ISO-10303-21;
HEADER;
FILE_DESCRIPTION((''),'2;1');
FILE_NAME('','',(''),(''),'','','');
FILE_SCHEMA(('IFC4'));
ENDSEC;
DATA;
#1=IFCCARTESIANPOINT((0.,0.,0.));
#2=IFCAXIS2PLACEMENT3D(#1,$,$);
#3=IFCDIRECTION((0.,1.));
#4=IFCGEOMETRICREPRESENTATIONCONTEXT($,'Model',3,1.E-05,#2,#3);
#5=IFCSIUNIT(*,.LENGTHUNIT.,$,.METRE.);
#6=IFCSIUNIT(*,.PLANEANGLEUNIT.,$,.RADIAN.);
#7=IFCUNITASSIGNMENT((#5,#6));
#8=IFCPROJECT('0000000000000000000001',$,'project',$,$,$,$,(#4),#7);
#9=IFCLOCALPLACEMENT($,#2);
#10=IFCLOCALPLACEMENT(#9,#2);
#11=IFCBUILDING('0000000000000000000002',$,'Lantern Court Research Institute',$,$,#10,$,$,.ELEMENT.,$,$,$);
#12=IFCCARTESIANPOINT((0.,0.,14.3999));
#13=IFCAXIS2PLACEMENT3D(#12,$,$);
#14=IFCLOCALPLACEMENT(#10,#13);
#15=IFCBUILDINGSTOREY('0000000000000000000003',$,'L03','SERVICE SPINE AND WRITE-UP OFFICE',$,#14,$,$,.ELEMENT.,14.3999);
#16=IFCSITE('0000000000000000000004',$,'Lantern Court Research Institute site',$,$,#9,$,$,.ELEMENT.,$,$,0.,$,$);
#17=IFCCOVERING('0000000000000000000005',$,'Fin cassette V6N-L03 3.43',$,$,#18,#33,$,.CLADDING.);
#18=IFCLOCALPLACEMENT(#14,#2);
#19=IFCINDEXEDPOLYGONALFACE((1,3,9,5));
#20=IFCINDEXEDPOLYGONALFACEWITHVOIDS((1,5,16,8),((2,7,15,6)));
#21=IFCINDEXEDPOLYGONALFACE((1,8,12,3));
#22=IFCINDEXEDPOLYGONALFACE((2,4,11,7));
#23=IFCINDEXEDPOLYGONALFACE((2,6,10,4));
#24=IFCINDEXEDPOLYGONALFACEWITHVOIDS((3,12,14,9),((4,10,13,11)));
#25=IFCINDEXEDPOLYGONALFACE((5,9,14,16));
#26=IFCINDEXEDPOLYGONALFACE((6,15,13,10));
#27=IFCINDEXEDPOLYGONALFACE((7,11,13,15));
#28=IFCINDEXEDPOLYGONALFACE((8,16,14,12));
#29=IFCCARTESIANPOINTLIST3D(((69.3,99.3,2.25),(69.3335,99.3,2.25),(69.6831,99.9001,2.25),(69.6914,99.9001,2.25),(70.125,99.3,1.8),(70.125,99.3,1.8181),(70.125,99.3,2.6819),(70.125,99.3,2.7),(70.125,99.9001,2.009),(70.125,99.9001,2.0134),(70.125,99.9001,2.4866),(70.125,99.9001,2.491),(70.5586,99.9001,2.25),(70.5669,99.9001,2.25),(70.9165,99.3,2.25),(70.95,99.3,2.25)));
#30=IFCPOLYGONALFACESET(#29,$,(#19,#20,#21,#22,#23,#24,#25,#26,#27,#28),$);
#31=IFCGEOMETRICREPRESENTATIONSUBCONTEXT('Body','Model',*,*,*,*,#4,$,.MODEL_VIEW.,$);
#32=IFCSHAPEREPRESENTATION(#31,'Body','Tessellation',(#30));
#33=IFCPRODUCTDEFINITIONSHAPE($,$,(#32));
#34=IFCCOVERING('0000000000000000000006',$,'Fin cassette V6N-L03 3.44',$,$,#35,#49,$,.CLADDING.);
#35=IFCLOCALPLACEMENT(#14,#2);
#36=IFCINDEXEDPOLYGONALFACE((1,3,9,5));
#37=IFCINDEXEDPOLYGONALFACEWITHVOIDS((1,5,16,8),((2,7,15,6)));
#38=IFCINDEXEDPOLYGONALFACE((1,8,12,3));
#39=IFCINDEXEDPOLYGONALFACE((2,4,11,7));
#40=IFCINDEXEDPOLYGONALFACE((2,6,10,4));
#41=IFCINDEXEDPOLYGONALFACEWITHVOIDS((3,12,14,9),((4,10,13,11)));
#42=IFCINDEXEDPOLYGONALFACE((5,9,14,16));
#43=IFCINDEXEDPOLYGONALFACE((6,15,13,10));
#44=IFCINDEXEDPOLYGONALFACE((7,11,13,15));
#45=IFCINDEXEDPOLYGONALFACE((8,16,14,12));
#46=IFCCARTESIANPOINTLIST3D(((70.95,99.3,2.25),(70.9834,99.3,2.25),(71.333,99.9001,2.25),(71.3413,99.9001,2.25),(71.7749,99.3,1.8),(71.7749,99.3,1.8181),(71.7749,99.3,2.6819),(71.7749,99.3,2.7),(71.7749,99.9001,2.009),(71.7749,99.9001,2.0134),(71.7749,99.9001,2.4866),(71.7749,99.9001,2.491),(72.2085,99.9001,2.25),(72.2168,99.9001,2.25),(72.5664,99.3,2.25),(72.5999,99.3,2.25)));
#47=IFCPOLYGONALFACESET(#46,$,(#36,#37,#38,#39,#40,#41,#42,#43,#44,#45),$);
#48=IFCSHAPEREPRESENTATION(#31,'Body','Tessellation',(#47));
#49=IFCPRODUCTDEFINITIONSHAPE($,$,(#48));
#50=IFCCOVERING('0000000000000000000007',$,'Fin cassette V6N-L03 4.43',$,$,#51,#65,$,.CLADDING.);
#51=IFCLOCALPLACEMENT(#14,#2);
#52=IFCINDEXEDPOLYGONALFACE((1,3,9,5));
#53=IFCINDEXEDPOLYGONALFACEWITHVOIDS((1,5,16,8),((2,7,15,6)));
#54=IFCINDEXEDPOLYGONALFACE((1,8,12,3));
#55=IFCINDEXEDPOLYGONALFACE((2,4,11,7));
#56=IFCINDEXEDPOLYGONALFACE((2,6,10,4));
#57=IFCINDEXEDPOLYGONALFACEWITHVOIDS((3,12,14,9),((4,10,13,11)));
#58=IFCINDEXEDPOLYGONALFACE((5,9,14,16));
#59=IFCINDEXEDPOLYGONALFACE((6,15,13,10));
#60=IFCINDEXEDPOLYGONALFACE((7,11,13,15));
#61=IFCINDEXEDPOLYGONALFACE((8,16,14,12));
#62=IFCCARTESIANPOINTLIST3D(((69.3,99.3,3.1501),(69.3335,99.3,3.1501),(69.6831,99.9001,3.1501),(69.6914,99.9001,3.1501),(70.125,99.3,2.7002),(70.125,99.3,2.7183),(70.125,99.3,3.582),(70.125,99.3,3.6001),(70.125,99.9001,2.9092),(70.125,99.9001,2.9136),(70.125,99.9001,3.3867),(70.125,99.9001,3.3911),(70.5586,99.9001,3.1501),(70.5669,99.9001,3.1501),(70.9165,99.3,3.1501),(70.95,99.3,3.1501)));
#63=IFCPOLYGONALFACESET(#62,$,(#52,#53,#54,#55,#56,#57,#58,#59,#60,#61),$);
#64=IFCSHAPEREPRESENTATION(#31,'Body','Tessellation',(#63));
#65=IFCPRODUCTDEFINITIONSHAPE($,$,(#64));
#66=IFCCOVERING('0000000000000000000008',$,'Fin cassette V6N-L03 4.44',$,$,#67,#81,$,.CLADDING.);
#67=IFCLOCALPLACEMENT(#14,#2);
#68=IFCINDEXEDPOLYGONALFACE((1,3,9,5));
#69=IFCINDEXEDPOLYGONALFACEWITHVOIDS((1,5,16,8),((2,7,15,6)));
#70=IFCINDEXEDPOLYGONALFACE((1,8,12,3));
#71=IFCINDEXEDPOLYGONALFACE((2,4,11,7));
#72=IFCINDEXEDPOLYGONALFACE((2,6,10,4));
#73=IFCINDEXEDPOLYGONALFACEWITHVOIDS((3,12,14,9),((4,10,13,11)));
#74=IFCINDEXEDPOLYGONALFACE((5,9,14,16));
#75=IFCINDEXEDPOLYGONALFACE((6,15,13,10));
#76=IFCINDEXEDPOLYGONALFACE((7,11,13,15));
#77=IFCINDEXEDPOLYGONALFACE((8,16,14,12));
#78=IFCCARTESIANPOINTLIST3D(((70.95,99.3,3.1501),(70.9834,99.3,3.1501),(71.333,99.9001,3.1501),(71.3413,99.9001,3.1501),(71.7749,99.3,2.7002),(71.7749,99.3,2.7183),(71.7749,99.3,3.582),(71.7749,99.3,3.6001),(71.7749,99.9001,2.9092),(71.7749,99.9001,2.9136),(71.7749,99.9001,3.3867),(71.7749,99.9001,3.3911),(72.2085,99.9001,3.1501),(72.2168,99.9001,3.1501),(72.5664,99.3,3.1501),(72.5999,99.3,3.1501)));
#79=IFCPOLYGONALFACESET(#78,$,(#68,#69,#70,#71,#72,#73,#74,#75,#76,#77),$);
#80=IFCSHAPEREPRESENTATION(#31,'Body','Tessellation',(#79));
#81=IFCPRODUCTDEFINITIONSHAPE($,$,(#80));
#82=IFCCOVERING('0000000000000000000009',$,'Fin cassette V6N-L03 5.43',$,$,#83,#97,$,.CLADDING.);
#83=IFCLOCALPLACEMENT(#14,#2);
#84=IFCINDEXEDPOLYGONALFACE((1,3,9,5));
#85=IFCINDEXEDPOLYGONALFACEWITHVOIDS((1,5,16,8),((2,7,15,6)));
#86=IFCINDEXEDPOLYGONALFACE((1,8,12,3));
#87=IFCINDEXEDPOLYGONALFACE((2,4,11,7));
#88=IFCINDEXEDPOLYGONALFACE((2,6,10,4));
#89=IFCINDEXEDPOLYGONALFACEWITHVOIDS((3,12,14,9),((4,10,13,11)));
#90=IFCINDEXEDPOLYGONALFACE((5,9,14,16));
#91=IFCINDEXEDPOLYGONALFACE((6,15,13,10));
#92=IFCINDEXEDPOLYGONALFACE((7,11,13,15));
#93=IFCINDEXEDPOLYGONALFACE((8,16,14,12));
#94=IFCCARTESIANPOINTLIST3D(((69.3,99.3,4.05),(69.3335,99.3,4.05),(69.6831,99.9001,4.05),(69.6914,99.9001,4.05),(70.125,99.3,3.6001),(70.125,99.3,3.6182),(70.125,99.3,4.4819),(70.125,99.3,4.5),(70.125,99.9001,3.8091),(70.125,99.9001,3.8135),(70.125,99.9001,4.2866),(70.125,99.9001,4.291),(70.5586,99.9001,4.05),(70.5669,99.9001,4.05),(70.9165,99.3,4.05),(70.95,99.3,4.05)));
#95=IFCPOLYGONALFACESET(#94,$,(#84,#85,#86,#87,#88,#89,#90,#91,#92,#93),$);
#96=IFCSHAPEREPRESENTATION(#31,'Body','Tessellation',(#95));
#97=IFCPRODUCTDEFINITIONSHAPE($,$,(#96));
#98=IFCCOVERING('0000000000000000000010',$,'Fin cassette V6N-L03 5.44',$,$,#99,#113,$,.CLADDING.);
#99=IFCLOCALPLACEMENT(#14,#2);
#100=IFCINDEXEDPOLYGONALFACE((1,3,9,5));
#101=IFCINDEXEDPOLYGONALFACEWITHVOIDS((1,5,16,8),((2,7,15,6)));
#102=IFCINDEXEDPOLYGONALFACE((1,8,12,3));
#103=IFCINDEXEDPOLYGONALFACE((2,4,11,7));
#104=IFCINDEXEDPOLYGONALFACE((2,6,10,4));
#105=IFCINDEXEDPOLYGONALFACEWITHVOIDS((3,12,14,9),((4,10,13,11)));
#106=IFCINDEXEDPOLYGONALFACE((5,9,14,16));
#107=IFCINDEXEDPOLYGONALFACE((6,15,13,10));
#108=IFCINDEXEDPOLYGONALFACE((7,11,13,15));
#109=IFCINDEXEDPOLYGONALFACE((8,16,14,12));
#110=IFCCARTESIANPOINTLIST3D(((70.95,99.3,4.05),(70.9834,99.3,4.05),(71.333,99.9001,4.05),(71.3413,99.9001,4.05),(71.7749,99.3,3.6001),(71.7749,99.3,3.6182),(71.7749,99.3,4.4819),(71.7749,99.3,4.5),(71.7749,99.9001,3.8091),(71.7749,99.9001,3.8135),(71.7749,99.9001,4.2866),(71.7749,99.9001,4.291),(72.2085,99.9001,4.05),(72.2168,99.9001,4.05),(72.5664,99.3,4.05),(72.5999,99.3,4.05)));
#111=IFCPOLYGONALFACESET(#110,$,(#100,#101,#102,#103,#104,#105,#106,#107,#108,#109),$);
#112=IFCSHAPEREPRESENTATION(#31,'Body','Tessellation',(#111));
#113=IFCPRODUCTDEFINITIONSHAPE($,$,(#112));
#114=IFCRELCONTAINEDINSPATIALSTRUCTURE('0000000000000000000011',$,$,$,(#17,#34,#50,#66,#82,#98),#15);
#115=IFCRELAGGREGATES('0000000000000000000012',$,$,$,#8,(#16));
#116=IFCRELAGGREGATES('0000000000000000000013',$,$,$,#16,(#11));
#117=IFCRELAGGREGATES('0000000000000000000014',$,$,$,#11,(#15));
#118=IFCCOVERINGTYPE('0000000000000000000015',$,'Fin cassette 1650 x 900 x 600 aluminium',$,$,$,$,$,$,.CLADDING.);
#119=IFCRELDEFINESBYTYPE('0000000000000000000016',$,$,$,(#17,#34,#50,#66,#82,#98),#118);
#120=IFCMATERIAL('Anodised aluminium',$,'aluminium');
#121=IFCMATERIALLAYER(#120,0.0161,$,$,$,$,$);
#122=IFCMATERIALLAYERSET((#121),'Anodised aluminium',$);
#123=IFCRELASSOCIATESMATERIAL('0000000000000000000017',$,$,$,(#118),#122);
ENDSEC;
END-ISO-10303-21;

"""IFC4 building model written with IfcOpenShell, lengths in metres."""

from ifc_helpers import new_model, entity, si_unit, direction, frame, origin, place, context, subcontext, project, spatial, material, layer, layer_set, type_object, element, save


model = new_model("IFC4")

# Units and contexts
model_context = context("Model", 3, precision=1e-05, world=origin(), true_north=direction((0.0, 1.0)))
body_context = subcontext(model_context, "Body", "Model", "MODEL_VIEW")
ifc_project = project(units=[si_unit("LENGTHUNIT", "METRE"), si_unit("PLANEANGLEUNIT", "RADIAN")], contexts=[model_context])

# Site, building, storey
site_placement = place(None, origin())
site = spatial("IfcSite", under=ifc_project, at=site_placement, Name="Lantern Court Research Institute site", CompositionType="ELEMENT", RefElevation=0.0)
building_placement = place(site_placement, origin())
building = spatial("IfcBuilding", under=site, at=building_placement, Name="Lantern Court Research Institute", CompositionType="ELEMENT")
storey_placement = place(building_placement, frame((0.0, 0.0, 14.3999)))
storey = spatial("IfcBuildingStorey", under=building, at=storey_placement, Name="L03", Description="SERVICE SPINE AND WRITE-UP OFFICE", CompositionType="ELEMENT", Elevation=14.3999)

# Coverings
ifc_material_1 = material(Name="Anodised aluminium", Category="aluminium")
ifc_layer_1 = layer(ifc_material_1, 0.0161)
ifc_layer_set_1 = layer_set([ifc_layer_1], Name="Anodised aluminium")
covering_type = type_object("IfcCoveringType", Name="Fin cassette 1650 x 900 x 600 aluminium", PredefinedType="CLADDING", material=ifc_layer_set_1)
covering_1_placement = place(storey_placement, frame((70.125, 99.3, 2.25), z_axis=(0.0, 1.0, 0.0), x_axis=(-1.0, 0.0, 0.0)))
cartesian_point_1 = entity("IfcCartesianPoint", [0.825, 0.0])
cartesian_point_2 = entity("IfcCartesianPoint", [0.7915, 0.0])
cartesian_point_3 = entity("IfcCartesianPoint", [0.4419, 0.0])
cartesian_point_4 = entity("IfcCartesianPoint", [0.4336, 0.0])
element("IfcCovering", 1, at=covering_1_placement, inside=storey, type_object=covering_type, Name="Fin cassette V6N-L03 3.43", PredefinedType="CLADDING", context=body_context, shape_type="SweptSolid", body=[
    entity("IfcExtrudedAreaSolidTapered", entity("IfcArbitraryProfileDefWithVoids", "AREA", None, entity("IfcPolyline", [cartesian_point_1, entity("IfcCartesianPoint", [0.0, 0.45]), entity("IfcCartesianPoint", [-0.825, 0.0]), entity("IfcCartesianPoint", [0.0, -0.45]), cartesian_point_1]), [entity("IfcPolyline", [cartesian_point_2, entity("IfcCartesianPoint", [0.0, 0.4319]), entity("IfcCartesianPoint", [-0.7915, 0.0]), entity("IfcCartesianPoint", [0.0, -0.4319]), cartesian_point_2])]), entity("IfcAxis2Placement3D", entity("IfcCartesianPoint", [0.0, 0.0, 0.0])), entity("IfcDirection", [0.0, 0.0, 1.0]), 0.6001, entity("IfcArbitraryProfileDefWithVoids", "AREA", None, entity("IfcPolyline", [cartesian_point_3, entity("IfcCartesianPoint", [0.0, 0.241]), entity("IfcCartesianPoint", [-0.4419, 0.0]), entity("IfcCartesianPoint", [0.0, -0.241]), cartesian_point_3]), [entity("IfcPolyline", [cartesian_point_4, entity("IfcCartesianPoint", [0.0, 0.2366]), entity("IfcCartesianPoint", [-0.4336, 0.0]), entity("IfcCartesianPoint", [0.0, -0.2366]), cartesian_point_4])])),
])
covering_2_placement = place(storey_placement, frame((71.7749, 99.3, 2.25), z_axis=(0.0, 1.0, 0.0), x_axis=(-1.0, 0.0, 0.0)))
cartesian_point_5 = entity("IfcCartesianPoint", [0.825, 0.0])
cartesian_point_6 = entity("IfcCartesianPoint", [0.7915, 0.0])
cartesian_point_7 = entity("IfcCartesianPoint", [0.4419, 0.0])
cartesian_point_8 = entity("IfcCartesianPoint", [0.4336, 0.0])
element("IfcCovering", 2, at=covering_2_placement, inside=storey, type_object=covering_type, Name="Fin cassette V6N-L03 3.44", PredefinedType="CLADDING", context=body_context, shape_type="SweptSolid", body=[
    entity("IfcExtrudedAreaSolidTapered", entity("IfcArbitraryProfileDefWithVoids", "AREA", None, entity("IfcPolyline", [cartesian_point_5, entity("IfcCartesianPoint", [0.0, 0.45]), entity("IfcCartesianPoint", [-0.825, 0.0]), entity("IfcCartesianPoint", [0.0, -0.45]), cartesian_point_5]), [entity("IfcPolyline", [cartesian_point_6, entity("IfcCartesianPoint", [0.0, 0.4319]), entity("IfcCartesianPoint", [-0.7915, 0.0]), entity("IfcCartesianPoint", [0.0, -0.4319]), cartesian_point_6])]), entity("IfcAxis2Placement3D", entity("IfcCartesianPoint", [0.0, 0.0, 0.0])), entity("IfcDirection", [0.0, 0.0, 1.0]), 0.6001, entity("IfcArbitraryProfileDefWithVoids", "AREA", None, entity("IfcPolyline", [cartesian_point_7, entity("IfcCartesianPoint", [0.0, 0.241]), entity("IfcCartesianPoint", [-0.4419, 0.0]), entity("IfcCartesianPoint", [0.0, -0.241]), cartesian_point_7]), [entity("IfcPolyline", [cartesian_point_8, entity("IfcCartesianPoint", [0.0, 0.2366]), entity("IfcCartesianPoint", [-0.4336, 0.0]), entity("IfcCartesianPoint", [0.0, -0.2366]), cartesian_point_8])])),
])
covering_3_placement = place(storey_placement, frame((70.125, 99.3, 3.1501), z_axis=(0.0, 1.0, 0.0), x_axis=(-1.0, 0.0, 0.0)))
cartesian_point_9 = entity("IfcCartesianPoint", [0.825, 0.0])
cartesian_point_10 = entity("IfcCartesianPoint", [0.7915, 0.0])
cartesian_point_11 = entity("IfcCartesianPoint", [0.4419, 0.0])
cartesian_point_12 = entity("IfcCartesianPoint", [0.4336, 0.0])
element("IfcCovering", 3, at=covering_3_placement, inside=storey, type_object=covering_type, Name="Fin cassette V6N-L03 4.43", PredefinedType="CLADDING", context=body_context, shape_type="SweptSolid", body=[
    entity("IfcExtrudedAreaSolidTapered", entity("IfcArbitraryProfileDefWithVoids", "AREA", None, entity("IfcPolyline", [cartesian_point_9, entity("IfcCartesianPoint", [0.0, 0.45]), entity("IfcCartesianPoint", [-0.825, 0.0]), entity("IfcCartesianPoint", [0.0, -0.45]), cartesian_point_9]), [entity("IfcPolyline", [cartesian_point_10, entity("IfcCartesianPoint", [0.0, 0.4319]), entity("IfcCartesianPoint", [-0.7915, 0.0]), entity("IfcCartesianPoint", [0.0, -0.4319]), cartesian_point_10])]), entity("IfcAxis2Placement3D", entity("IfcCartesianPoint", [0.0, 0.0, 0.0])), entity("IfcDirection", [0.0, 0.0, 1.0]), 0.6001, entity("IfcArbitraryProfileDefWithVoids", "AREA", None, entity("IfcPolyline", [cartesian_point_11, entity("IfcCartesianPoint", [0.0, 0.241]), entity("IfcCartesianPoint", [-0.4419, 0.0]), entity("IfcCartesianPoint", [0.0, -0.241]), cartesian_point_11]), [entity("IfcPolyline", [cartesian_point_12, entity("IfcCartesianPoint", [0.0, 0.2366]), entity("IfcCartesianPoint", [-0.4336, 0.0]), entity("IfcCartesianPoint", [0.0, -0.2366]), cartesian_point_12])])),
])
covering_4_placement = place(storey_placement, frame((71.7749, 99.3, 3.1501), z_axis=(0.0, 1.0, 0.0), x_axis=(-1.0, 0.0, 0.0)))
cartesian_point_13 = entity("IfcCartesianPoint", [0.825, 0.0])
cartesian_point_14 = entity("IfcCartesianPoint", [0.7915, 0.0])
cartesian_point_15 = entity("IfcCartesianPoint", [0.4419, 0.0])
cartesian_point_16 = entity("IfcCartesianPoint", [0.4336, 0.0])
element("IfcCovering", 4, at=covering_4_placement, inside=storey, type_object=covering_type, Name="Fin cassette V6N-L03 4.44", PredefinedType="CLADDING", context=body_context, shape_type="SweptSolid", body=[
    entity("IfcExtrudedAreaSolidTapered", entity("IfcArbitraryProfileDefWithVoids", "AREA", None, entity("IfcPolyline", [cartesian_point_13, entity("IfcCartesianPoint", [0.0, 0.45]), entity("IfcCartesianPoint", [-0.825, 0.0]), entity("IfcCartesianPoint", [0.0, -0.45]), cartesian_point_13]), [entity("IfcPolyline", [cartesian_point_14, entity("IfcCartesianPoint", [0.0, 0.4319]), entity("IfcCartesianPoint", [-0.7915, 0.0]), entity("IfcCartesianPoint", [0.0, -0.4319]), cartesian_point_14])]), entity("IfcAxis2Placement3D", entity("IfcCartesianPoint", [0.0, 0.0, 0.0])), entity("IfcDirection", [0.0, 0.0, 1.0]), 0.6001, entity("IfcArbitraryProfileDefWithVoids", "AREA", None, entity("IfcPolyline", [cartesian_point_15, entity("IfcCartesianPoint", [0.0, 0.241]), entity("IfcCartesianPoint", [-0.4419, 0.0]), entity("IfcCartesianPoint", [0.0, -0.241]), cartesian_point_15]), [entity("IfcPolyline", [cartesian_point_16, entity("IfcCartesianPoint", [0.0, 0.2366]), entity("IfcCartesianPoint", [-0.4336, 0.0]), entity("IfcCartesianPoint", [0.0, -0.2366]), cartesian_point_16])])),
])
covering_5_placement = place(storey_placement, frame((70.125, 99.3, 4.05), z_axis=(0.0, 1.0, 0.0), x_axis=(-1.0, 0.0, 0.0)))
cartesian_point_17 = entity("IfcCartesianPoint", [0.825, 0.0])
cartesian_point_18 = entity("IfcCartesianPoint", [0.7915, 0.0])
cartesian_point_19 = entity("IfcCartesianPoint", [0.4419, 0.0])
cartesian_point_20 = entity("IfcCartesianPoint", [0.4336, 0.0])
element("IfcCovering", 5, at=covering_5_placement, inside=storey, type_object=covering_type, Name="Fin cassette V6N-L03 5.43", PredefinedType="CLADDING", context=body_context, shape_type="SweptSolid", body=[
    entity("IfcExtrudedAreaSolidTapered", entity("IfcArbitraryProfileDefWithVoids", "AREA", None, entity("IfcPolyline", [cartesian_point_17, entity("IfcCartesianPoint", [0.0, 0.45]), entity("IfcCartesianPoint", [-0.825, 0.0]), entity("IfcCartesianPoint", [0.0, -0.45]), cartesian_point_17]), [entity("IfcPolyline", [cartesian_point_18, entity("IfcCartesianPoint", [0.0, 0.4319]), entity("IfcCartesianPoint", [-0.7915, 0.0]), entity("IfcCartesianPoint", [0.0, -0.4319]), cartesian_point_18])]), entity("IfcAxis2Placement3D", entity("IfcCartesianPoint", [0.0, 0.0, 0.0])), entity("IfcDirection", [0.0, 0.0, 1.0]), 0.6001, entity("IfcArbitraryProfileDefWithVoids", "AREA", None, entity("IfcPolyline", [cartesian_point_19, entity("IfcCartesianPoint", [0.0, 0.241]), entity("IfcCartesianPoint", [-0.4419, 0.0]), entity("IfcCartesianPoint", [0.0, -0.241]), cartesian_point_19]), [entity("IfcPolyline", [cartesian_point_20, entity("IfcCartesianPoint", [0.0, 0.2366]), entity("IfcCartesianPoint", [-0.4336, 0.0]), entity("IfcCartesianPoint", [0.0, -0.2366]), cartesian_point_20])])),
])
covering_6_placement = place(storey_placement, frame((71.7749, 99.3, 4.05), z_axis=(0.0, 1.0, 0.0), x_axis=(-1.0, 0.0, 0.0)))
cartesian_point_21 = entity("IfcCartesianPoint", [0.825, 0.0])
cartesian_point_22 = entity("IfcCartesianPoint", [0.7915, 0.0])
cartesian_point_23 = entity("IfcCartesianPoint", [0.4419, 0.0])
cartesian_point_24 = entity("IfcCartesianPoint", [0.4336, 0.0])
element("IfcCovering", 6, at=covering_6_placement, inside=storey, type_object=covering_type, Name="Fin cassette V6N-L03 5.44", PredefinedType="CLADDING", context=body_context, shape_type="SweptSolid", body=[
    entity("IfcExtrudedAreaSolidTapered", entity("IfcArbitraryProfileDefWithVoids", "AREA", None, entity("IfcPolyline", [cartesian_point_21, entity("IfcCartesianPoint", [0.0, 0.45]), entity("IfcCartesianPoint", [-0.825, 0.0]), entity("IfcCartesianPoint", [0.0, -0.45]), cartesian_point_21]), [entity("IfcPolyline", [cartesian_point_22, entity("IfcCartesianPoint", [0.0, 0.4319]), entity("IfcCartesianPoint", [-0.7915, 0.0]), entity("IfcCartesianPoint", [0.0, -0.4319]), cartesian_point_22])]), entity("IfcAxis2Placement3D", entity("IfcCartesianPoint", [0.0, 0.0, 0.0])), entity("IfcDirection", [0.0, 0.0, 1.0]), 0.6001, entity("IfcArbitraryProfileDefWithVoids", "AREA", None, entity("IfcPolyline", [cartesian_point_23, entity("IfcCartesianPoint", [0.0, 0.241]), entity("IfcCartesianPoint", [-0.4419, 0.0]), entity("IfcCartesianPoint", [0.0, -0.241]), cartesian_point_23]), [entity("IfcPolyline", [cartesian_point_24, entity("IfcCartesianPoint", [0.0, 0.2366]), entity("IfcCartesianPoint", [-0.4336, 0.0]), entity("IfcCartesianPoint", [0.0, -0.2366]), cartesian_point_24])])),
])

save(model, "model.ifc")
